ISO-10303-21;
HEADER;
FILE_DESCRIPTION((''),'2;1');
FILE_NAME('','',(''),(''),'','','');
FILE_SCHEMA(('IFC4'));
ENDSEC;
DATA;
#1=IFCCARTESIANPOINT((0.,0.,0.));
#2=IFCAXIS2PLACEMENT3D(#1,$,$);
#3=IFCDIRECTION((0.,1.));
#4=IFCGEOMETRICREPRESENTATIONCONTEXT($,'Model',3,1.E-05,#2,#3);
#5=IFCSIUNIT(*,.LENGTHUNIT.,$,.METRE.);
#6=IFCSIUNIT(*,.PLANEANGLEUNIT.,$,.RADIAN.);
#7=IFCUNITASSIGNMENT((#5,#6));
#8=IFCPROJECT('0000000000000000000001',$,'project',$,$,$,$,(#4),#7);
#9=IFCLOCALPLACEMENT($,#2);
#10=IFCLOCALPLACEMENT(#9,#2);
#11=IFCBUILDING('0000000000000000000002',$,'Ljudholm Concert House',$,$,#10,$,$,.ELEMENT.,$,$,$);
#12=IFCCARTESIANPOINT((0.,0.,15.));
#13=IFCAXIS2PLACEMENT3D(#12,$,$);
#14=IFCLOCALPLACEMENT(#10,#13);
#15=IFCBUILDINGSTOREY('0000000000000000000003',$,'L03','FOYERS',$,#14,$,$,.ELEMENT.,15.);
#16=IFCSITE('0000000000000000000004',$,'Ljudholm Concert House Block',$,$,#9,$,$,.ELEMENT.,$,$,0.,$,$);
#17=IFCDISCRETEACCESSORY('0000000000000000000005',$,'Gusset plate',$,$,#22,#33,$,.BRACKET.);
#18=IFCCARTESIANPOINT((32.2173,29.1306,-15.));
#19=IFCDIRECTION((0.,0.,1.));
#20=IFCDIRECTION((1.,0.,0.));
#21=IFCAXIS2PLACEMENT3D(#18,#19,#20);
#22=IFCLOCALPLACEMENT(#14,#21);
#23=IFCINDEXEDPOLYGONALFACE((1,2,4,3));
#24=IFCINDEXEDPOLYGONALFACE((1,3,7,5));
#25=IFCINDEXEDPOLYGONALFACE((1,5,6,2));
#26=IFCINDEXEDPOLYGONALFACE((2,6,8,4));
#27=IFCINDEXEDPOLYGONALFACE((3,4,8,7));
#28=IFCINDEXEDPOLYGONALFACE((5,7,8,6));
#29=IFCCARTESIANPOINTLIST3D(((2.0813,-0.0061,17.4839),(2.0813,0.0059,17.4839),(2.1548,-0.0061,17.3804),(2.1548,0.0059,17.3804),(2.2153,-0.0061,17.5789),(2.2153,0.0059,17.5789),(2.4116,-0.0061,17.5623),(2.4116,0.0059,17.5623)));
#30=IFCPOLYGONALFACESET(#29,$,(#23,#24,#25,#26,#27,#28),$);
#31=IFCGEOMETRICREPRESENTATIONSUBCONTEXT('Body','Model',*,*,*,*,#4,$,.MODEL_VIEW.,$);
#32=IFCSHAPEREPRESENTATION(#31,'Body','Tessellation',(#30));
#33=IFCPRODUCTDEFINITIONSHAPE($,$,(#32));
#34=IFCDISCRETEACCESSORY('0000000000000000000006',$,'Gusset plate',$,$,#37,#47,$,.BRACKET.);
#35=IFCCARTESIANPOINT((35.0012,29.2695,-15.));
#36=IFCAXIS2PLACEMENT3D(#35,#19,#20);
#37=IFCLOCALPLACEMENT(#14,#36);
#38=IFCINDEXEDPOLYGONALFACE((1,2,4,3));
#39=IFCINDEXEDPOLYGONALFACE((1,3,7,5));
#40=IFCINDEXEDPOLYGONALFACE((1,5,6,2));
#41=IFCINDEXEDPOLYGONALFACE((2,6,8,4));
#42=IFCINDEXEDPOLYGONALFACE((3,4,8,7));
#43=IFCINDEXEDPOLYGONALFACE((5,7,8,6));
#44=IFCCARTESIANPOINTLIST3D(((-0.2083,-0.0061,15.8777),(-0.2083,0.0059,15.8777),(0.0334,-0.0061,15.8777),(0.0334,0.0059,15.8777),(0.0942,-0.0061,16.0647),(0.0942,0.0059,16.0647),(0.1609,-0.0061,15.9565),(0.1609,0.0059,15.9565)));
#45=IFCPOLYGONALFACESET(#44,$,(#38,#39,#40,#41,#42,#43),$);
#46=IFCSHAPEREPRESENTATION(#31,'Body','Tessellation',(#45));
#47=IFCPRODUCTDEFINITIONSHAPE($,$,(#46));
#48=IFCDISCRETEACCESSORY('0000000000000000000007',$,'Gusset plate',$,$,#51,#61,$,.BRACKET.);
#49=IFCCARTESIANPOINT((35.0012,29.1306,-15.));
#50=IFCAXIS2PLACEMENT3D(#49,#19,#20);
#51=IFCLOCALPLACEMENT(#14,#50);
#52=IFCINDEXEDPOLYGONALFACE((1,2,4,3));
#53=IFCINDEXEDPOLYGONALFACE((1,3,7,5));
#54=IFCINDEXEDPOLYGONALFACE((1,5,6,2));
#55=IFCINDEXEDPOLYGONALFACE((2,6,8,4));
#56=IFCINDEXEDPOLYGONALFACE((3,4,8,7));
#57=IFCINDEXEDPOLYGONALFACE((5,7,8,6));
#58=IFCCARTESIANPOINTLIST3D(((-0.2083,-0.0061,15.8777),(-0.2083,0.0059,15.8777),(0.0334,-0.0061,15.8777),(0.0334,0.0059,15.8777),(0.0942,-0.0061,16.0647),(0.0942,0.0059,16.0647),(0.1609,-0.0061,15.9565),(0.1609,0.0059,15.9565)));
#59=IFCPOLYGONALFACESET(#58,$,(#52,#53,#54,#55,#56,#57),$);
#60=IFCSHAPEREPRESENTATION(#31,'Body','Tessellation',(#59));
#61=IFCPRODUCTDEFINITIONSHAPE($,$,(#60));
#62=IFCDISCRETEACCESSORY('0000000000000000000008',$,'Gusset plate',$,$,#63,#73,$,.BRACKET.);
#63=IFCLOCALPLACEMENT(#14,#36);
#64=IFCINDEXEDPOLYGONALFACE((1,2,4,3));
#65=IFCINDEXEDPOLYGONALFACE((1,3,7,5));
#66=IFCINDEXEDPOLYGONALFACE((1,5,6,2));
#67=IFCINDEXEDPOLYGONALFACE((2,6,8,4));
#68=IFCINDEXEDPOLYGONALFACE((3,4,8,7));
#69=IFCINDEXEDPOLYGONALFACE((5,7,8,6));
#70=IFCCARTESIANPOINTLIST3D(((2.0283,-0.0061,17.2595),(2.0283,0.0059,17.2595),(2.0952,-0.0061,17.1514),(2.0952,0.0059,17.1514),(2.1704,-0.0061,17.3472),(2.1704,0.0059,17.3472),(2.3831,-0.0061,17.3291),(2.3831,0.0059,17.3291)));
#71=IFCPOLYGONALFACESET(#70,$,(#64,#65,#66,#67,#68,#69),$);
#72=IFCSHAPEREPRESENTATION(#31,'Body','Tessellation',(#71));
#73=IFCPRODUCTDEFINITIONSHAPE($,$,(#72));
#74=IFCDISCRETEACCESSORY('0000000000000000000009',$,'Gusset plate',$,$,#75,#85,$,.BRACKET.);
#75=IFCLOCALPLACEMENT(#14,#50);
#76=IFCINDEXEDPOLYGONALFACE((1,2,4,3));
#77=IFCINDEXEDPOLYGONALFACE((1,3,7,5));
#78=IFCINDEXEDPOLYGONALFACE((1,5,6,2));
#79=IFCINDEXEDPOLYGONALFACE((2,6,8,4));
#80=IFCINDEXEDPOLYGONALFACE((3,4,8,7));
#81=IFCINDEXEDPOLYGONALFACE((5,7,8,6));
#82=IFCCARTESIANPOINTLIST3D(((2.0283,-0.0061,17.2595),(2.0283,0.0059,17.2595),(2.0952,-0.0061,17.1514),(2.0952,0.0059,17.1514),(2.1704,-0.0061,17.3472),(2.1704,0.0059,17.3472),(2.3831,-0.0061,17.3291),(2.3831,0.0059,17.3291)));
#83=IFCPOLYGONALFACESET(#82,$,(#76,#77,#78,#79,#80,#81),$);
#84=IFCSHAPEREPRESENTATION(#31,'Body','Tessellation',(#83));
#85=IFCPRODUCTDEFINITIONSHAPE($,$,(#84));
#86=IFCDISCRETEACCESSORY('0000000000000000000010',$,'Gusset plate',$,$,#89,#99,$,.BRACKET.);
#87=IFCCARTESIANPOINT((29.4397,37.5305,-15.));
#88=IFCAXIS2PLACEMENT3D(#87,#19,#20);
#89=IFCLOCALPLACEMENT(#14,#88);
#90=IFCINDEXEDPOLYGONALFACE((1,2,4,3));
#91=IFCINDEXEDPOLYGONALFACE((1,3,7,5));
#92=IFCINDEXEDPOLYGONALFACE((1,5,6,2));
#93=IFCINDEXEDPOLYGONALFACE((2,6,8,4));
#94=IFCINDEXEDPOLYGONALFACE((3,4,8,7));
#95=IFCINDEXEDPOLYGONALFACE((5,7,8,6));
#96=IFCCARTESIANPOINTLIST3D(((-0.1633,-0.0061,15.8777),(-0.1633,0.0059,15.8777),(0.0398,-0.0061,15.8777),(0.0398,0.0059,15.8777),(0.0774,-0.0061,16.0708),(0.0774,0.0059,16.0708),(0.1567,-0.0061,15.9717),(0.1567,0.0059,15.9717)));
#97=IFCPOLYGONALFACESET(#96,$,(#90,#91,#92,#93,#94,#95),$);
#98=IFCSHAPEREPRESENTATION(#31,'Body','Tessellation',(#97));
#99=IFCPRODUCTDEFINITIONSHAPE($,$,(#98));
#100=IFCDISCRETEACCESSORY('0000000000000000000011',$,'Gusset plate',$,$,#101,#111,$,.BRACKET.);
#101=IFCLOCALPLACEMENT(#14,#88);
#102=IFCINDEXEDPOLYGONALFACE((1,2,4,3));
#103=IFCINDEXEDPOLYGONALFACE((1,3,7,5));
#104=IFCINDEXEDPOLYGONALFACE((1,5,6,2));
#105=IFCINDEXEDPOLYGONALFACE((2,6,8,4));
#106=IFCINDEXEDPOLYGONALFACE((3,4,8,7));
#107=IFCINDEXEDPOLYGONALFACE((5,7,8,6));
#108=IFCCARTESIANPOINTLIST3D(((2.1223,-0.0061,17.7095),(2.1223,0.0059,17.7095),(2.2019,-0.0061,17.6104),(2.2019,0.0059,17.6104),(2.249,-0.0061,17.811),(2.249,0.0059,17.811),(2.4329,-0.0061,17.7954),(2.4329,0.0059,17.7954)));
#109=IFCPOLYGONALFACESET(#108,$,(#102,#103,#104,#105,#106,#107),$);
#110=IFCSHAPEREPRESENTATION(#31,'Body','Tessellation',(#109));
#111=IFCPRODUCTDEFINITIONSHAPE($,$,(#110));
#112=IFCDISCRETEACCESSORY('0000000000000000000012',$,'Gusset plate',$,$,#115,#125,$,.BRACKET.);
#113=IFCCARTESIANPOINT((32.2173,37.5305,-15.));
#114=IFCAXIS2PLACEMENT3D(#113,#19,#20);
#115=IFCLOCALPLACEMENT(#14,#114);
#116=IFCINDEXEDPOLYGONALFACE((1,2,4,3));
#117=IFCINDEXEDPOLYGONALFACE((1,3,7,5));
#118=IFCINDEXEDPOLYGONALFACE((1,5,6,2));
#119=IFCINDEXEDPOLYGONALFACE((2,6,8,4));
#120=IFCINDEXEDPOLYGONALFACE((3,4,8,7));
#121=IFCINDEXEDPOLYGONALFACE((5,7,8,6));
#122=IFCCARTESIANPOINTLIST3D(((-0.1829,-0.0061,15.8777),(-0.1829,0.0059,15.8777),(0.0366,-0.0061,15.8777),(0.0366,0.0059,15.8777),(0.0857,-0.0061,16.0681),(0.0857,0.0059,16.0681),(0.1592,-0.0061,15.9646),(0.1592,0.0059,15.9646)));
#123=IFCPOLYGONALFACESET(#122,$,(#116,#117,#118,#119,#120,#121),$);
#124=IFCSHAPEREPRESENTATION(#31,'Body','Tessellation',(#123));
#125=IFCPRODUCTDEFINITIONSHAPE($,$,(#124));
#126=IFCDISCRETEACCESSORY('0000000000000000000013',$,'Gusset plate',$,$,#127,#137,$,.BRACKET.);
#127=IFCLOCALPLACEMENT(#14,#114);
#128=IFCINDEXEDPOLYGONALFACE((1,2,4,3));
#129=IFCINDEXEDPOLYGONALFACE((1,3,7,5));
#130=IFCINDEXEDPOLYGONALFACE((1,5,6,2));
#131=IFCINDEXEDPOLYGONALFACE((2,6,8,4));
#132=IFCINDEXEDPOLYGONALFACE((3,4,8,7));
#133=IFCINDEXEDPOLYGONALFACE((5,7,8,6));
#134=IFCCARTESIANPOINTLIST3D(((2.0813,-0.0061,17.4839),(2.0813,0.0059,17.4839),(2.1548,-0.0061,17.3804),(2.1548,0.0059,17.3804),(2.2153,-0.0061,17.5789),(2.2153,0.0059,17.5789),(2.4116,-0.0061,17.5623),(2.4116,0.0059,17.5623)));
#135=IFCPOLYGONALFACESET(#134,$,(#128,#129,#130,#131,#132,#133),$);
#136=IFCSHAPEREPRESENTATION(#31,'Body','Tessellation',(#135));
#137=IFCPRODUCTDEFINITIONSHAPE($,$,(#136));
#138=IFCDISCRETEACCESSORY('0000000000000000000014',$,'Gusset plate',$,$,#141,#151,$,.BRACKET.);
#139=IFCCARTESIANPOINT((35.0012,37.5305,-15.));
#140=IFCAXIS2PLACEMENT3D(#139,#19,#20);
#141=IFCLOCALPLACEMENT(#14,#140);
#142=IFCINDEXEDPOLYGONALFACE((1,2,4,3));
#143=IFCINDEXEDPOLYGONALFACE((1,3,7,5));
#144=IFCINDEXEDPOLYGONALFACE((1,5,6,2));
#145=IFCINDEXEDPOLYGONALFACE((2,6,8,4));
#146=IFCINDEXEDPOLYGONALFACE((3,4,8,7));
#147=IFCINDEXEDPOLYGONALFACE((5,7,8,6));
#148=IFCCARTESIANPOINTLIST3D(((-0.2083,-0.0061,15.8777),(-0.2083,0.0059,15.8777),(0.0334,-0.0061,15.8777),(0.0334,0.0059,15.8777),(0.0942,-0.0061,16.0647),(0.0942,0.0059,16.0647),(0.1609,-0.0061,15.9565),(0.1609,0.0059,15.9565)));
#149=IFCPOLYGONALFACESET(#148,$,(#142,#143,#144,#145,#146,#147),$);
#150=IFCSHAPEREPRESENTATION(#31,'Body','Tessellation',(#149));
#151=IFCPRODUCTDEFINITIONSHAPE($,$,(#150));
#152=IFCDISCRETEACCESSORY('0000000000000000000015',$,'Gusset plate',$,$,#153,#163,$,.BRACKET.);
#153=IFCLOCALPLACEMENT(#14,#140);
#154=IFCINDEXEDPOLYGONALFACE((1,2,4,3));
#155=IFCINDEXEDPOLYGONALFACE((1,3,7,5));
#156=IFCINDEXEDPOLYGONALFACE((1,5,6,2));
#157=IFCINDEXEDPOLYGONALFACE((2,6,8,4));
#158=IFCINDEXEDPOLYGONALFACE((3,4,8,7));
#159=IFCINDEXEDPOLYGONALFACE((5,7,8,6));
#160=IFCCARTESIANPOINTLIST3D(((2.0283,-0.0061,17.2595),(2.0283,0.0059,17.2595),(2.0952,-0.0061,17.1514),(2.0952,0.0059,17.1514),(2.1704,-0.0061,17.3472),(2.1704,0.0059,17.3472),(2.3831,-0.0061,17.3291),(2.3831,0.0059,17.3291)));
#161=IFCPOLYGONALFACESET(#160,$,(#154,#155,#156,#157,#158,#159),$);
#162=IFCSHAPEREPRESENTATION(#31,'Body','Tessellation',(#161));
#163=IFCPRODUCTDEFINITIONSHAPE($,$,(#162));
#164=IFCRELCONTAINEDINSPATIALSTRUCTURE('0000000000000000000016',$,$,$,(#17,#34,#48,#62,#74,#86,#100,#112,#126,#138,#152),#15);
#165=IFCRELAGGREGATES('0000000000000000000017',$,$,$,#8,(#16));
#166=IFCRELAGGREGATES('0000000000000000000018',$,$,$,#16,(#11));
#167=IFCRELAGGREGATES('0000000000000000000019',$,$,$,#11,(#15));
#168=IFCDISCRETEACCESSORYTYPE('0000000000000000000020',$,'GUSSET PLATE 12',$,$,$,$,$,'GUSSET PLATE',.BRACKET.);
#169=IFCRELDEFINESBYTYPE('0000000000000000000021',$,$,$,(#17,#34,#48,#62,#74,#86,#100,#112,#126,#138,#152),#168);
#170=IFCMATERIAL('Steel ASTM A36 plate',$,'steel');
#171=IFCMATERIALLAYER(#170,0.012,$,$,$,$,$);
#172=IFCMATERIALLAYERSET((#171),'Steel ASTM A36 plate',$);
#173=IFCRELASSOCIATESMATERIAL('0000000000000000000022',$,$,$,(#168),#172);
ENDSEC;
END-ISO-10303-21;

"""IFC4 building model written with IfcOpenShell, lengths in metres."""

from ifc_helpers import new_model, si_unit, direction, frame, origin, place, context, subcontext, project, spatial, polyline, outline, extrude, material, layer, layer_set, type_object, element, save


model = new_model("IFC4")

# Units and contexts
model_context = context("Model", 3, precision=1e-05, world=origin(), true_north=direction((0.0, 1.0)))
body_context = subcontext(model_context, "Body", "Model", "MODEL_VIEW")
ifc_project = project(units=[si_unit("LENGTHUNIT", "METRE"), si_unit("PLANEANGLEUNIT", "RADIAN")], contexts=[model_context])

# Site, building, storey
site_placement = place(None, origin())
site = spatial("IfcSite", under=ifc_project, at=site_placement, Name="Ljudholm Concert House Block", CompositionType="ELEMENT", RefElevation=0.0)
building_placement = place(site_placement, origin())
building = spatial("IfcBuilding", under=site, at=building_placement, Name="Ljudholm Concert House", CompositionType="ELEMENT")
storey_placement = place(building_placement, frame((0.0, 0.0, 15.0)))
storey = spatial("IfcBuildingStorey", under=building, at=storey_placement, Name="L03", Description="FOYERS", CompositionType="ELEMENT", Elevation=15.0)

# Discrete accessories
ifc_material_1 = material(Name="Steel ASTM A36 plate", Category="steel")
ifc_layer = layer(ifc_material_1, 0.012)
ifc_layer_set = layer_set([ifc_layer], Name="Steel ASTM A36 plate")
discrete_accessory_type = type_object("IfcDiscreteAccessoryType", Name="GUSSET PLATE 12", ElementType="GUSSET PLATE", PredefinedType="BRACKET", material=ifc_layer_set)
for number, where, z_axis, x_axis, name in (
    (1, (32.2173, 29.1306, -15.0), (0.0, 0.0, 1.0), (1.0, 0.0, 0.0), "Gusset plate"),
):
    element("IfcDiscreteAccessory", number, at=place(storey_placement, frame(where, z_axis=z_axis, x_axis=x_axis)), inside=storey, type_object=discrete_accessory_type, Name=name, PredefinedType="BRACKET", context=body_context, shape_type="SweptSolid", body=[
        extrude(outline(polyline([(2.0813, 17.4839), (2.2153, 17.5789), (2.4116, 17.5623), (2.1548, 17.3804), (2.0813, 17.4839)])), frame((0.0, 0.0059, 0.0), z_axis=(0.0, -1.0, 0.0), x_axis=(1.0, 0.0, 0.0)), (0.0, 0.0, 1.0), 0.012),
    ])
for number, where, z_axis, x_axis, name in (
    (2, (35.0012, 29.2695, -15.0), (0.0, 0.0, 1.0), (1.0, 0.0, 0.0), "Gusset plate"),
    (3, (35.0012, 29.1306, -15.0), (0.0, 0.0, 1.0), (1.0, 0.0, 0.0), "Gusset plate"),
):
    element("IfcDiscreteAccessory", number, at=place(storey_placement, frame(where, z_axis=z_axis, x_axis=x_axis)), inside=storey, type_object=discrete_accessory_type, Name=name, PredefinedType="BRACKET", context=body_context, shape_type="SweptSolid", body=[
        extrude(outline(polyline([(0.1609, 15.9565), (0.0334, 15.8777), (-0.2083, 15.8777), (0.0942, 16.0647), (0.1609, 15.9565)])), frame((0.0, 0.0059, 0.0), z_axis=(0.0, -1.0, 0.0), x_axis=(1.0, 0.0, 0.0)), (0.0, 0.0, 1.0), 0.012),
    ])
for number, where, z_axis, x_axis, name in (
    (4, (35.0012, 29.2695, -15.0), (0.0, 0.0, 1.0), (1.0, 0.0, 0.0), "Gusset plate"),
    (5, (35.0012, 29.1306, -15.0), (0.0, 0.0, 1.0), (1.0, 0.0, 0.0), "Gusset plate"),
):
    element("IfcDiscreteAccessory", number, at=place(storey_placement, frame(where, z_axis=z_axis, x_axis=x_axis)), inside=storey, type_object=discrete_accessory_type, Name=name, PredefinedType="BRACKET", context=body_context, shape_type="SweptSolid", body=[
        extrude(outline(polyline([(2.0283, 17.2595), (2.1704, 17.3472), (2.3831, 17.3291), (2.0952, 17.1514), (2.0283, 17.2595)])), frame((0.0, 0.0059, 0.0), z_axis=(0.0, -1.0, 0.0), x_axis=(1.0, 0.0, 0.0)), (0.0, 0.0, 1.0), 0.012),
    ])
discrete_accessory_1_placement = place(storey_placement, frame((29.4397, 37.5305, -15.0), z_axis=(0.0, 0.0, 1.0), x_axis=(1.0, 0.0, 0.0)))
element("IfcDiscreteAccessory", 6, at=discrete_accessory_1_placement, inside=storey, type_object=discrete_accessory_type, Name="Gusset plate", PredefinedType="BRACKET", context=body_context, shape_type="SweptSolid", body=[
    extrude(outline(polyline([(0.1567, 15.9717), (0.0398, 15.8777), (-0.1633, 15.8777), (0.0774, 16.0708), (0.1567, 15.9717)])), frame((0.0, 0.0059, 0.0), z_axis=(0.0, -1.0, 0.0), x_axis=(1.0, 0.0, 0.0)), (0.0, 0.0, 1.0), 0.012),
])
discrete_accessory_2_placement = place(storey_placement, frame((29.4397, 37.5305, -15.0), z_axis=(0.0, 0.0, 1.0), x_axis=(1.0, 0.0, 0.0)))
element("IfcDiscreteAccessory", 7, at=discrete_accessory_2_placement, inside=storey, type_object=discrete_accessory_type, Name="Gusset plate", PredefinedType="BRACKET", context=body_context, shape_type="SweptSolid", body=[
    extrude(outline(polyline([(2.1223, 17.7095), (2.249, 17.811), (2.4329, 17.7954), (2.2019, 17.6104), (2.1223, 17.7095)])), frame((0.0, 0.0059, 0.0), z_axis=(0.0, -1.0, 0.0), x_axis=(1.0, 0.0, 0.0)), (0.0, 0.0, 1.0), 0.012),
])
discrete_accessory_3_placement = place(storey_placement, frame((32.2173, 37.5305, -15.0), z_axis=(0.0, 0.0, 1.0), x_axis=(1.0, 0.0, 0.0)))
element("IfcDiscreteAccessory", 8, at=discrete_accessory_3_placement, inside=storey, type_object=discrete_accessory_type, Name="Gusset plate", PredefinedType="BRACKET", context=body_context, shape_type="SweptSolid", body=[
    extrude(outline(polyline([(0.1592, 15.9646), (0.0366, 15.8777), (-0.1829, 15.8777), (0.0857, 16.0681), (0.1592, 15.9646)])), frame((0.0, 0.0059, 0.0), z_axis=(0.0, -1.0, 0.0), x_axis=(1.0, 0.0, 0.0)), (0.0, 0.0, 1.0), 0.012),
])
discrete_accessory_4_placement = place(storey_placement, frame((32.2173, 37.5305, -15.0), z_axis=(0.0, 0.0, 1.0), x_axis=(1.0, 0.0, 0.0)))
element("IfcDiscreteAccessory", 9, at=discrete_accessory_4_placement, inside=storey, type_object=discrete_accessory_type, Name="Gusset plate", PredefinedType="BRACKET", context=body_context, shape_type="SweptSolid", body=[
    extrude(outline(polyline([(2.0813, 17.4839), (2.2153, 17.5789), (2.4116, 17.5623), (2.1548, 17.3804), (2.0813, 17.4839)])), frame((0.0, 0.0059, 0.0), z_axis=(0.0, -1.0, 0.0), x_axis=(1.0, 0.0, 0.0)), (0.0, 0.0, 1.0), 0.012),
])
discrete_accessory_5_placement = place(storey_placement, frame((35.0012, 37.5305, -15.0), z_axis=(0.0, 0.0, 1.0), x_axis=(1.0, 0.0, 0.0)))
element("IfcDiscreteAccessory", 10, at=discrete_accessory_5_placement, inside=storey, type_object=discrete_accessory_type, Name="Gusset plate", PredefinedType="BRACKET", context=body_context, shape_type="SweptSolid", body=[
    extrude(outline(polyline([(0.1609, 15.9565), (0.0334, 15.8777), (-0.2083, 15.8777), (0.0942, 16.0647), (0.1609, 15.9565)])), frame((0.0, 0.0059, 0.0), z_axis=(0.0, -1.0, 0.0), x_axis=(1.0, 0.0, 0.0)), (0.0, 0.0, 1.0), 0.012),
])
discrete_accessory_6_placement = place(storey_placement, frame((35.0012, 37.5305, -15.0), z_axis=(0.0, 0.0, 1.0), x_axis=(1.0, 0.0, 0.0)))
element("IfcDiscreteAccessory", 11, at=discrete_accessory_6_placement, inside=storey, type_object=discrete_accessory_type, Name="Gusset plate", PredefinedType="BRACKET", context=body_context, shape_type="SweptSolid", body=[
    extrude(outline(polyline([(2.0283, 17.2595), (2.1704, 17.3472), (2.3831, 17.3291), (2.0952, 17.1514), (2.0283, 17.2595)])), frame((0.0, 0.0059, 0.0), z_axis=(0.0, -1.0, 0.0), x_axis=(1.0, 0.0, 0.0)), (0.0, 0.0, 1.0), 0.012),
])

save(model, "model.ifc")
